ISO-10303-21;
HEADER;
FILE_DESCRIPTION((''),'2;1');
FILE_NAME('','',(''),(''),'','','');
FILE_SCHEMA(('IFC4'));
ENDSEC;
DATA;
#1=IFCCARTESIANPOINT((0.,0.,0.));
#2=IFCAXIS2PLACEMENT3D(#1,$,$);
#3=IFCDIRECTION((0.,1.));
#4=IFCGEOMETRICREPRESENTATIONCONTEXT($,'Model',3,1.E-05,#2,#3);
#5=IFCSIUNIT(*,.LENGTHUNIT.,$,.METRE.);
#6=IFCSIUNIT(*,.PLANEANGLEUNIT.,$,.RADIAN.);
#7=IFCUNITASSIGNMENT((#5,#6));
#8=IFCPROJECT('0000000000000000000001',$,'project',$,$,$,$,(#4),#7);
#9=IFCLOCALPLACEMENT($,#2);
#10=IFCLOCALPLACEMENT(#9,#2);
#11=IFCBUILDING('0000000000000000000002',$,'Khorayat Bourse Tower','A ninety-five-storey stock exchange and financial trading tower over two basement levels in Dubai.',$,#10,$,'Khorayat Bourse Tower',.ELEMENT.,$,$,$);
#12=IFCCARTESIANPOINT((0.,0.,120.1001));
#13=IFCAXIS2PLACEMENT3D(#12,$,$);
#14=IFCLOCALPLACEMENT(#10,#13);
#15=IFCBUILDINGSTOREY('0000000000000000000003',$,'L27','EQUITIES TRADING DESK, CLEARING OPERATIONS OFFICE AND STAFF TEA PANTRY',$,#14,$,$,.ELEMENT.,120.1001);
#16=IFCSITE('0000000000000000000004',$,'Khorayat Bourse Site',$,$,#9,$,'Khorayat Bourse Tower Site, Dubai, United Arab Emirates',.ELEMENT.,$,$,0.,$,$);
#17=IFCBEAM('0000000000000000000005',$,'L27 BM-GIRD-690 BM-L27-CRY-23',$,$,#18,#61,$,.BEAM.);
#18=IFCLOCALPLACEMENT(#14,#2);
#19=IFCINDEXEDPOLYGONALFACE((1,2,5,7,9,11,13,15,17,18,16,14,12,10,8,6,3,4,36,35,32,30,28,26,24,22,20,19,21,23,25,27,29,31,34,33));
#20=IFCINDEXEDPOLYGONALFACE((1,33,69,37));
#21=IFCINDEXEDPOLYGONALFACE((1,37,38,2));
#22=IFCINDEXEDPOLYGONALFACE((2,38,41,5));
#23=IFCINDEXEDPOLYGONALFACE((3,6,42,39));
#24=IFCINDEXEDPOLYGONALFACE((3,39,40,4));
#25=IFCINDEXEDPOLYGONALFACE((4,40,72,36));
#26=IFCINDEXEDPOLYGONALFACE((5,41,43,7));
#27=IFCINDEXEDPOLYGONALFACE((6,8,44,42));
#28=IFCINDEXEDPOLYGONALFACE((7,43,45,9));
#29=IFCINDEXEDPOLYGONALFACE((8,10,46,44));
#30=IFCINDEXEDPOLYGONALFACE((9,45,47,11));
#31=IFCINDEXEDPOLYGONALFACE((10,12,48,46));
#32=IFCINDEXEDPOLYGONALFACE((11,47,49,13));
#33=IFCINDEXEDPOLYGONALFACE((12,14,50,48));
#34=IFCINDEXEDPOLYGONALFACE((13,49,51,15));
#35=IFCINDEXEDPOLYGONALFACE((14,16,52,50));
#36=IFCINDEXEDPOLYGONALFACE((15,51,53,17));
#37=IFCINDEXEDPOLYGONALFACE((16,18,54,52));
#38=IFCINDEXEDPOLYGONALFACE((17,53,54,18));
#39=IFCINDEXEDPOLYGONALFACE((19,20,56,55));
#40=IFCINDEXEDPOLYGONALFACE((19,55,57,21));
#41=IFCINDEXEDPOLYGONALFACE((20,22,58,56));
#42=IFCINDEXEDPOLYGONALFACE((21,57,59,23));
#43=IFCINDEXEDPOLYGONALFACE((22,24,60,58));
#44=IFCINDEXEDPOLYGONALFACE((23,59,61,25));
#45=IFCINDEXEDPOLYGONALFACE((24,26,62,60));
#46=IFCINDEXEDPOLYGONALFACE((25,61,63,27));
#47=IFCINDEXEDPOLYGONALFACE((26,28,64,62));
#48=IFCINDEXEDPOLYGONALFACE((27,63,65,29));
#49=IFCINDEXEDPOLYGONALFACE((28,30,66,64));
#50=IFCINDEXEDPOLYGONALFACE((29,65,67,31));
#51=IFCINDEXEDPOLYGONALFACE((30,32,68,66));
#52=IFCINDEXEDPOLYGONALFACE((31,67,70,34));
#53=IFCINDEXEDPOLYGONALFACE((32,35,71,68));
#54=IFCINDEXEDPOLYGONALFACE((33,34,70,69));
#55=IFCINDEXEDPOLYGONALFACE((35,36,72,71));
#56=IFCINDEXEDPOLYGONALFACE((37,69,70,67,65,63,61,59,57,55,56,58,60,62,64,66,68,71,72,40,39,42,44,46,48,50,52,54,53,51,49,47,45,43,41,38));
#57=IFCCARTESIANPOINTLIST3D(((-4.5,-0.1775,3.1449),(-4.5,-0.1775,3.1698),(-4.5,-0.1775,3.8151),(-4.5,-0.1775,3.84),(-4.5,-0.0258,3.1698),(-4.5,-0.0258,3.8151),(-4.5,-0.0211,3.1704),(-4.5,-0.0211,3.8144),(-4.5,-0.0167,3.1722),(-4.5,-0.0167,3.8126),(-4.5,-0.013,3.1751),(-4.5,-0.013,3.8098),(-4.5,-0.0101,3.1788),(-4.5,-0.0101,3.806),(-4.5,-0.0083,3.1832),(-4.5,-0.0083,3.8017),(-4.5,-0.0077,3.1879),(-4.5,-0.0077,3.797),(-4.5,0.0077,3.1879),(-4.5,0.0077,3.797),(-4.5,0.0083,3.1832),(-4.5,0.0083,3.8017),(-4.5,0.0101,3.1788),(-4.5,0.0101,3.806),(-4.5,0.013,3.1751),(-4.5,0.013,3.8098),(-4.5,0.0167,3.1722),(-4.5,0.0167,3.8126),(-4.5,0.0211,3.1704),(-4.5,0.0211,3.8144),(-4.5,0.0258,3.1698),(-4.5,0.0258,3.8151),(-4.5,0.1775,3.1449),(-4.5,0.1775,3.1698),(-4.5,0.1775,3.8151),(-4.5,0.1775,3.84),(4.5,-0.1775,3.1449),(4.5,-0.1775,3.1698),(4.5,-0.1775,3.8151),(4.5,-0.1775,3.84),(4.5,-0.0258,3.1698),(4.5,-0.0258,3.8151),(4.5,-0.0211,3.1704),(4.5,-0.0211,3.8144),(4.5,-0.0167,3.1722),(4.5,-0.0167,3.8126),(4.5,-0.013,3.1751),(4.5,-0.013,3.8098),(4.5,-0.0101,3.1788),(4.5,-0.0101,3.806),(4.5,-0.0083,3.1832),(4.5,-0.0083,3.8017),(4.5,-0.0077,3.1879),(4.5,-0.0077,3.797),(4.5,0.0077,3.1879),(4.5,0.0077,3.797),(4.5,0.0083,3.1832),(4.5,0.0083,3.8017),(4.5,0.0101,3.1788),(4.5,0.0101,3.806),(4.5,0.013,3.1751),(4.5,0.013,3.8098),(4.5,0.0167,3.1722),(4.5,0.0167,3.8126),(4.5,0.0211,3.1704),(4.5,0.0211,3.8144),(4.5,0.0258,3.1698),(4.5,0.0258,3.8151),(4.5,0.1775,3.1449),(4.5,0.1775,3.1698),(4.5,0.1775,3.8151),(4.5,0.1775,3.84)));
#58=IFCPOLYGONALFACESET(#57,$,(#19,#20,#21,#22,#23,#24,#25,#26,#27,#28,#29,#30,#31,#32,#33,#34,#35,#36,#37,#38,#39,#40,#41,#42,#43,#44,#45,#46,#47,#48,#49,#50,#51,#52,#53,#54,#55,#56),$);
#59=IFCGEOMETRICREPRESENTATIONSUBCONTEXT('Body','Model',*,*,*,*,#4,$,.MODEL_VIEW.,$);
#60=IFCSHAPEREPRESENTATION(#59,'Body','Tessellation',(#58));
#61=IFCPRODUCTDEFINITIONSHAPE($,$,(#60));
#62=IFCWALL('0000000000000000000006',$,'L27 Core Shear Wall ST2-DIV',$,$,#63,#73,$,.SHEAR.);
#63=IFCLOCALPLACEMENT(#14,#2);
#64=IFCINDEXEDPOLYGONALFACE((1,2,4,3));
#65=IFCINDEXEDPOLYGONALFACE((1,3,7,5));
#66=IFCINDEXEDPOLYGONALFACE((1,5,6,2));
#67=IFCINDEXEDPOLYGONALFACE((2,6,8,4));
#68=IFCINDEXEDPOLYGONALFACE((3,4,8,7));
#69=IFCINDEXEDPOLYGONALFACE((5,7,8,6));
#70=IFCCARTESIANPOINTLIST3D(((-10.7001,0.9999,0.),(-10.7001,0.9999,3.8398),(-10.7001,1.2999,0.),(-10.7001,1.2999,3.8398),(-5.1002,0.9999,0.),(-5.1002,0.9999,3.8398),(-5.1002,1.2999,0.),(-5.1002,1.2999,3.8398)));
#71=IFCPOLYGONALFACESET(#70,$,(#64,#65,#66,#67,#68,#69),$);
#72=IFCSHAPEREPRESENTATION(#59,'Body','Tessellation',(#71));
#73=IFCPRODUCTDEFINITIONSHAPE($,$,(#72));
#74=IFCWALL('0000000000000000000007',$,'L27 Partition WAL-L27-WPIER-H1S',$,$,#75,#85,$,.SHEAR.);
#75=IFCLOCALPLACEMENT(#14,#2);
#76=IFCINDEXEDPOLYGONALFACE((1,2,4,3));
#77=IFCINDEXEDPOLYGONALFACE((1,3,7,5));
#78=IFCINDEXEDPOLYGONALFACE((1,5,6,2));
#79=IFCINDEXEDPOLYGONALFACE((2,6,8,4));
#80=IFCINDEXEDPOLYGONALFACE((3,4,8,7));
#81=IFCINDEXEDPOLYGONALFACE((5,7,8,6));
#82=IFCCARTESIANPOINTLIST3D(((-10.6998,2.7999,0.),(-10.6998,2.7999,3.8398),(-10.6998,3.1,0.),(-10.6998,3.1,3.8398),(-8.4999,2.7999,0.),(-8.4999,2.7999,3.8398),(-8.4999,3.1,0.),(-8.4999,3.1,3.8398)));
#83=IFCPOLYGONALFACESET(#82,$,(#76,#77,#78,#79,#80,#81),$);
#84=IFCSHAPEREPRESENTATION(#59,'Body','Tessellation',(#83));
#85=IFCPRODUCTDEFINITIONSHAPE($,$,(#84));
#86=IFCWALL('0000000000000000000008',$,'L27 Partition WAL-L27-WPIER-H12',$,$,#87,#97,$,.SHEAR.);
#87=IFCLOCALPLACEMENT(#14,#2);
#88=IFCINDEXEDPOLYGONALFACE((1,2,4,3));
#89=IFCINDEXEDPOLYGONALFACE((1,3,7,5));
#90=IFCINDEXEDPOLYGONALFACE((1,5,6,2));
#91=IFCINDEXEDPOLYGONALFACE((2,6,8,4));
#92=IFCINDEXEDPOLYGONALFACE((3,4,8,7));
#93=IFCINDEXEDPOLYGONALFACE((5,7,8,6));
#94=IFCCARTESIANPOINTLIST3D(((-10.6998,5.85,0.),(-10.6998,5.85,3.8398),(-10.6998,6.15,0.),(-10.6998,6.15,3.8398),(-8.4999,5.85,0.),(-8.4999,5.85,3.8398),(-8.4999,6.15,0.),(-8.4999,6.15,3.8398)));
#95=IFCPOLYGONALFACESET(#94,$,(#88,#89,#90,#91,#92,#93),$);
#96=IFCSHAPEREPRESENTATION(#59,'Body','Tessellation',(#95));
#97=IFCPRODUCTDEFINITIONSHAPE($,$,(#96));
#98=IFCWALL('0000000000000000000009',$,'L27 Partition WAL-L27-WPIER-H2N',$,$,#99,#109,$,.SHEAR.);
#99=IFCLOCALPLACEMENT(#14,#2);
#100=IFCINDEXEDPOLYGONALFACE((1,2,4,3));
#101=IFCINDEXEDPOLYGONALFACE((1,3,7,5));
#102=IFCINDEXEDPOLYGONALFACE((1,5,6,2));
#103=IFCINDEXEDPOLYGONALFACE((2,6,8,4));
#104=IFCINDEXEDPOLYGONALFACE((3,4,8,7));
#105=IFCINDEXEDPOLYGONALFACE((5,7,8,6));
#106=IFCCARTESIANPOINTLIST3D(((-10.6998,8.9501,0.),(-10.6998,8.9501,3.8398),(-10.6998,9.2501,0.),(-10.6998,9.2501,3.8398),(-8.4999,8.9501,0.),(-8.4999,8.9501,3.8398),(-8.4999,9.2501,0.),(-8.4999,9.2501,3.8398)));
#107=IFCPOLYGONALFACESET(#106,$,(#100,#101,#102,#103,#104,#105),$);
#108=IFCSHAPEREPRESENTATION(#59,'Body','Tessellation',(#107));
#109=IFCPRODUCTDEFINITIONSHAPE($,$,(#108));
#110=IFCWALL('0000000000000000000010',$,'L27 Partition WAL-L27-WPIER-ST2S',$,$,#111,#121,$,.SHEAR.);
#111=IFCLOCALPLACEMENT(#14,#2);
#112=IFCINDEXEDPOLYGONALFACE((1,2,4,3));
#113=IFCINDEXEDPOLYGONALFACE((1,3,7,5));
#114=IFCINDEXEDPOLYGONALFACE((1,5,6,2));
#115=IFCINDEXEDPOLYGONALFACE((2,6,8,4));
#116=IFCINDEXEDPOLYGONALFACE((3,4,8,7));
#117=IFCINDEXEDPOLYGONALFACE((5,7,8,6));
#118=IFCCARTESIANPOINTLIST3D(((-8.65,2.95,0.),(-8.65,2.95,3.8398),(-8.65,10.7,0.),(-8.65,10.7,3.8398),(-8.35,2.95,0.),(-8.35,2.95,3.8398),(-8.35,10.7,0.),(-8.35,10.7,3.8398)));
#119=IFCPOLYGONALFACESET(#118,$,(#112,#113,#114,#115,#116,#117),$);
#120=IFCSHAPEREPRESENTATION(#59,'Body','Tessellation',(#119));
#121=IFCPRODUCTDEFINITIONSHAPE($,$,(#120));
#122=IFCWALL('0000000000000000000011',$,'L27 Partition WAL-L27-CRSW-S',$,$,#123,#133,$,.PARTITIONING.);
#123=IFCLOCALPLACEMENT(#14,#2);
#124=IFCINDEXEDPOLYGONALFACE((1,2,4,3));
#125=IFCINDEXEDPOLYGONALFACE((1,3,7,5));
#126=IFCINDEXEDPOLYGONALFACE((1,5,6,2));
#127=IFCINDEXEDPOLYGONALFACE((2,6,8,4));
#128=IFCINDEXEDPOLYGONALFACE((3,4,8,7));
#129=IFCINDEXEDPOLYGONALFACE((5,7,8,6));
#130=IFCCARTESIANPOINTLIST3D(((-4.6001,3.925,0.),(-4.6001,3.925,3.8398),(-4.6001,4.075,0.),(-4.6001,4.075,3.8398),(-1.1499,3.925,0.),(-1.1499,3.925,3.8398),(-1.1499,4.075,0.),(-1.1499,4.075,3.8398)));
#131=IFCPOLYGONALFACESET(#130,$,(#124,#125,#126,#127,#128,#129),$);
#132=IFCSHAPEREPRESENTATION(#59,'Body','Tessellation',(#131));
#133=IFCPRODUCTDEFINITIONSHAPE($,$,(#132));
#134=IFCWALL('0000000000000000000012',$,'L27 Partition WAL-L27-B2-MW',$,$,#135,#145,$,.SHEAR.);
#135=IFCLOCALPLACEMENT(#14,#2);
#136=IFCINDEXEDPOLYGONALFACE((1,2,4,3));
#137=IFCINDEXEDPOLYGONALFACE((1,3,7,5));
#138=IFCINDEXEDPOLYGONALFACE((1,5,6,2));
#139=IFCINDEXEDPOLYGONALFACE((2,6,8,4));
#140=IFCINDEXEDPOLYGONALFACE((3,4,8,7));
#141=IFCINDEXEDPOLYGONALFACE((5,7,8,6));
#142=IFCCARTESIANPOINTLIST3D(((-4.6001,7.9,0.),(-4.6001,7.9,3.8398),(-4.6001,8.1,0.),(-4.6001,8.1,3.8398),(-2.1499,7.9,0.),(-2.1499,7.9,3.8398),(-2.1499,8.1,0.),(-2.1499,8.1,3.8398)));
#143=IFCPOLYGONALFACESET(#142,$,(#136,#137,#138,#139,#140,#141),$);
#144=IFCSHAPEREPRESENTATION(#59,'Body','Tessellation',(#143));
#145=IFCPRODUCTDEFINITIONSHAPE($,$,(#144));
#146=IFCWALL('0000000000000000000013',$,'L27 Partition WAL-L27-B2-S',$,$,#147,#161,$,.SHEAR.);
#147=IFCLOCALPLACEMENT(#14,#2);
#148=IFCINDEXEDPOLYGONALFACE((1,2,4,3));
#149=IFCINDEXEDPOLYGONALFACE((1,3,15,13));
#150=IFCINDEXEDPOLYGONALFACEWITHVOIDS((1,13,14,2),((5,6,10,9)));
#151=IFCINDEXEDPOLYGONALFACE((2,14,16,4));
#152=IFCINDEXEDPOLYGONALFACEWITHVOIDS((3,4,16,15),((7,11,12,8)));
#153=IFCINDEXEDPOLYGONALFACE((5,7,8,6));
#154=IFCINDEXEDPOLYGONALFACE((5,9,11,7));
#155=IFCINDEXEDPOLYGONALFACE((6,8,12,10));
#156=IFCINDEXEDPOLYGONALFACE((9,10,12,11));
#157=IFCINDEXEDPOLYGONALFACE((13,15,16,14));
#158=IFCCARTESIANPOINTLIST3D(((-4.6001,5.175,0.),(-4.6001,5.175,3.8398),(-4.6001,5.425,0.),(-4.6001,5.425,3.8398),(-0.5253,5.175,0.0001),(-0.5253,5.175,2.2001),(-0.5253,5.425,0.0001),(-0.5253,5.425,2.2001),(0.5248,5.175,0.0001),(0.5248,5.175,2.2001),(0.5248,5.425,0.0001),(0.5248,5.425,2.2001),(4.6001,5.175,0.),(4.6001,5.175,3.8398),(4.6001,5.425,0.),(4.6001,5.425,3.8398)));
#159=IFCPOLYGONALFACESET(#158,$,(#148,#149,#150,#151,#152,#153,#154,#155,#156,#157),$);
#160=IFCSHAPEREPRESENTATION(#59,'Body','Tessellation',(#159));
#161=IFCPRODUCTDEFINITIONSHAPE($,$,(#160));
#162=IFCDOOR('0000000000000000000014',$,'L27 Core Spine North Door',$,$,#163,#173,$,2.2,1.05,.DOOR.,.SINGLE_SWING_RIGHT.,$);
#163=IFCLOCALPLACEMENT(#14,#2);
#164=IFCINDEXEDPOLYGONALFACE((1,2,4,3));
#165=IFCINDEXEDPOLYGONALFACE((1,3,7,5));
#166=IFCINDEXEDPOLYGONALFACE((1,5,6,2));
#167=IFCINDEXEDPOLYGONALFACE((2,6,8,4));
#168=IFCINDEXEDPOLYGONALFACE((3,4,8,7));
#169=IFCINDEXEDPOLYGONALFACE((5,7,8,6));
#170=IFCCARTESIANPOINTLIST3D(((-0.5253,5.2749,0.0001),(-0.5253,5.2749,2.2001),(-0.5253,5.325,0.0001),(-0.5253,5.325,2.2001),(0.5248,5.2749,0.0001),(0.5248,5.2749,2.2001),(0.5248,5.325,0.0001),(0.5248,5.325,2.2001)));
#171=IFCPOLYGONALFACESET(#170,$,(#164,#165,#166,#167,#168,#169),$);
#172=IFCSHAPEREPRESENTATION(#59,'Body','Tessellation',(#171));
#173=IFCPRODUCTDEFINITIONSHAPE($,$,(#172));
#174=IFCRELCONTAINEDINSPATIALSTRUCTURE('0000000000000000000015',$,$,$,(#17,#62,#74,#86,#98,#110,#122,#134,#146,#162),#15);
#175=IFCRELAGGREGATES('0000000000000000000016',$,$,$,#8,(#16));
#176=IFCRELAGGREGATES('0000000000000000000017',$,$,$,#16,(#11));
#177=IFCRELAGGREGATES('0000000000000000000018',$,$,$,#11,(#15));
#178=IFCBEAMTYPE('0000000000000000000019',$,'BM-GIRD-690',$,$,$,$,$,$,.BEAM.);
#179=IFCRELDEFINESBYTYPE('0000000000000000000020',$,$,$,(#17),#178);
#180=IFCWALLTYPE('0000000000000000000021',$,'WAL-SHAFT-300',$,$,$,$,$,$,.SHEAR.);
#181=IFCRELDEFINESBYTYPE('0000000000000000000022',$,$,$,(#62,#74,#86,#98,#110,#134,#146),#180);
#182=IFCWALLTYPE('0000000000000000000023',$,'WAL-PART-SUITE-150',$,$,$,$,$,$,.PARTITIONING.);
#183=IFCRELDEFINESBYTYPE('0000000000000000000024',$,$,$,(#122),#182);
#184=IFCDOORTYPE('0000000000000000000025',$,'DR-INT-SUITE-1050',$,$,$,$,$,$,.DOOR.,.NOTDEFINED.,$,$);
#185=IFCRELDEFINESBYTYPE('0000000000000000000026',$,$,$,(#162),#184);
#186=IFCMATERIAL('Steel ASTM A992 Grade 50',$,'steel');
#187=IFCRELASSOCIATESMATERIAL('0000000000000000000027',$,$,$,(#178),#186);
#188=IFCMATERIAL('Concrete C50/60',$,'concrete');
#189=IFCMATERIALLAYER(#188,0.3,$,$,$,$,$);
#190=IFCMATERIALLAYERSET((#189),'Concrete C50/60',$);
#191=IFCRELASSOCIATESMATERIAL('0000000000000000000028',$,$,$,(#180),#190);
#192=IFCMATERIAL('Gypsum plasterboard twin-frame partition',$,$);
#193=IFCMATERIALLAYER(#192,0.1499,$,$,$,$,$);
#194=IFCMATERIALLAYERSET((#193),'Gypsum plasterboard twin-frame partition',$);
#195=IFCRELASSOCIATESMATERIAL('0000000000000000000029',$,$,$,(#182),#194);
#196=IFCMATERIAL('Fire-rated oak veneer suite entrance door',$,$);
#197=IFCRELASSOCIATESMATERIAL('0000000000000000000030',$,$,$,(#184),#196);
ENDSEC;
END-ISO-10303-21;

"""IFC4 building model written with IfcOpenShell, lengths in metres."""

from ifc_helpers import new_model, si_unit, direction, frame, frame_2d, origin, origin_2d, place, context, subcontext, project, spatial, rectangle, i_section, extrude, source, transform, mapped, material, layer, layer_set, material_profile, profile_set, type_object, element, fill, save


model = new_model("IFC4")

# Units and contexts
model_context = context("Model", 3, precision=1e-05, world=origin(), true_north=direction((0.0, 1.0)))
body_context = subcontext(model_context, "Body", "Model", "MODEL_VIEW")
ifc_project = project(units=[si_unit("LENGTHUNIT", "METRE"), si_unit("PLANEANGLEUNIT", "RADIAN")], contexts=[model_context])

# Site, building, storey
site_placement = place(None, origin())
site = spatial("IfcSite", under=ifc_project, at=site_placement, Name="Khorayat Bourse Site", LongName="Khorayat Bourse Tower Site, Dubai, United Arab Emirates", CompositionType="ELEMENT", RefElevation=0.0)
building_placement = place(site_placement, origin())
building = spatial("IfcBuilding", under=site, at=building_placement, Name="Khorayat Bourse Tower", Description="A ninety-five-storey stock exchange and financial trading tower over two basement levels in Dubai.", LongName="Khorayat Bourse Tower", CompositionType="ELEMENT")
storey_placement = place(building_placement, frame((0.0, 0.0, 120.1001)))
storey = spatial("IfcBuildingStorey", under=building, at=storey_placement, Name="L27", Description="EQUITIES TRADING DESK, CLEARING OPERATIONS OFFICE AND STAFF TEA PANTRY", CompositionType="ELEMENT", Elevation=120.1001)

# Beam
ifc_material_1 = material(Name="Steel ASTM A992 Grade 50", Category="steel")
ifc_material_profile_1 = material_profile(ifc_material_1, i_section(OverallWidth=0.355, OverallDepth=0.6951, WebThickness=0.0154, FlangeThickness=0.0249, FilletRadius=0.0181, at=origin_2d()), Name="W690X217")
ifc_profile_set_1 = profile_set([ifc_material_profile_1], Name="Steel ASTM A992 Grade 50")
beam_type_1 = type_object("IfcBeamType", Name="BM-GIRD-690", PredefinedType="BEAM", material=ifc_profile_set_1)
shared_shape_1 = source(origin(), body_context, "Body", "SweptSolid", [
    extrude(i_section(OverallWidth=0.355, OverallDepth=0.6951, WebThickness=0.0154, FlangeThickness=0.0249, FilletRadius=0.0181, at=origin_2d()), origin(), (0.0, 0.0, 1.0), 9.0),
])
beam_1_placement = place(storey_placement, frame((-4.5, 0.0, 3.4924), z_axis=(1.0, 0.0, 0.0), x_axis=(0.0, 1.0, 0.0)))
element("IfcBeam", 1, at=beam_1_placement, inside=storey, type_object=beam_type_1, Name="L27 BM-GIRD-690 BM-L27-CRY-23", PredefinedType="BEAM", context=body_context, shape_type="MappedRepresentation", body=[
    mapped(shared_shape_1, transform((0.0, 0.0, 0.0), scale=1.0)),
])

# Walls
ifc_material_2 = material(Name="Concrete C50/60", Category="concrete")
ifc_layer_1 = layer(ifc_material_2, 0.3)
ifc_layer_set_1 = layer_set([ifc_layer_1], Name="Concrete C50/60")
wall_type_1 = type_object("IfcWallType", Name="WAL-SHAFT-300", PredefinedType="SHEAR", material=ifc_layer_set_1)
shared_shape_2 = source(origin(), body_context, "Body", "SweptSolid", [
    extrude(rectangle(XDim=5.5999, YDim=0.3, at=frame_2d((2.7998, 0.0))), origin(), (0.0, 0.0, 1.0), 3.8398),
])
wall_1_placement = place(storey_placement, frame((-10.7, 1.1499, 0.0), z_axis=(0.0, 0.0, 1.0), x_axis=(1.0, 0.0, 0.0)))
element("IfcWall", 2, at=wall_1_placement, inside=storey, type_object=wall_type_1, Name="L27 Core Shear Wall ST2-DIV", PredefinedType="SHEAR", context=body_context, shape_type="MappedRepresentation", body=[
    mapped(shared_shape_2, transform((0.0, 0.0, 0.0), scale=1.0)),
])
shared_shape_3 = source(origin(), body_context, "Body", "SweptSolid", [
    extrude(rectangle(XDim=2.2, YDim=0.3, at=frame_2d((1.1001, 0.0))), origin(), (0.0, 0.0, 1.0), 3.8398),
])
for number, where, z_axis, x_axis, name in (
    (3, (-10.7, 2.95, 0.0), (0.0, 0.0, 1.0), (1.0, 0.0, 0.0), "L27 Partition WAL-L27-WPIER-H1S"),
    (4, (-10.7, 6.0, 0.0), (0.0, 0.0, 1.0), (1.0, 0.0, 0.0), "L27 Partition WAL-L27-WPIER-H12"),
    (5, (-10.7, 9.1001, 0.0), (0.0, 0.0, 1.0), (1.0, 0.0, 0.0), "L27 Partition WAL-L27-WPIER-H2N"),
):
    element("IfcWall", number, at=place(storey_placement, frame(where, z_axis=z_axis, x_axis=x_axis)), inside=storey, type_object=wall_type_1, Name=name, PredefinedType="SHEAR", context=body_context, shape_type="MappedRepresentation", body=[
        mapped(shared_shape_3, transform((0.0, 0.0, 0.0), scale=1.0)),
    ])
shared_shape_4 = source(origin(), body_context, "Body", "SweptSolid", [
    extrude(rectangle(XDim=7.75, YDim=0.3, at=frame_2d((3.875, 0.0))), origin(), (0.0, 0.0, 1.0), 3.8398),
])
wall_2_placement = place(storey_placement, frame((-8.5, 2.95, 0.0), z_axis=(0.0, 0.0, 1.0), x_axis=(0.0, 1.0, 0.0)))
element("IfcWall", 6, at=wall_2_placement, inside=storey, type_object=wall_type_1, Name="L27 Partition WAL-L27-WPIER-ST2S", PredefinedType="SHEAR", context=body_context, shape_type="MappedRepresentation", body=[
    mapped(shared_shape_4, transform((0.0, 0.0, 0.0), scale=1.0)),
])
ifc_material_3 = material(Name="Gypsum plasterboard twin-frame partition")
ifc_layer_2 = layer(ifc_material_3, 0.1499)
ifc_layer_set_2 = layer_set([ifc_layer_2], Name="Gypsum plasterboard twin-frame partition")
wall_type_2 = type_object("IfcWallType", Name="WAL-PART-SUITE-150", PredefinedType="PARTITIONING", material=ifc_layer_set_2)
shared_shape_5 = source(origin(), body_context, "Body", "SweptSolid", [
    extrude(rectangle(XDim=3.4502, YDim=0.1499, at=frame_2d((1.7251, 0.0))), origin(), (0.0, 0.0, 1.0), 3.8398),
])
wall_3_placement = place(storey_placement, frame((-4.6001, 4.0, 0.0), z_axis=(0.0, 0.0, 1.0), x_axis=(1.0, 0.0, 0.0)))
element("IfcWall", 7, at=wall_3_placement, inside=storey, type_object=wall_type_2, Name="L27 Partition WAL-L27-CRSW-S", PredefinedType="PARTITIONING", context=body_context, shape_type="MappedRepresentation", body=[
    mapped(shared_shape_5, transform((0.0, 0.0, 0.0), scale=1.0)),
])
shared_shape_6 = source(origin(), body_context, "Body", "SweptSolid", [
    extrude(rectangle(XDim=2.4502, YDim=0.2, at=frame_2d((1.2251, 0.0))), origin(), (0.0, 0.0, 1.0), 3.8398),
])
wall_4_placement = place(storey_placement, frame((-4.6001, 8.0, 0.0), z_axis=(0.0, 0.0, 1.0), x_axis=(1.0, 0.0, 0.0)))
element("IfcWall", 8, at=wall_4_placement, inside=storey, type_object=wall_type_1, Name="L27 Partition WAL-L27-B2-MW", PredefinedType="SHEAR", context=body_context, shape_type="MappedRepresentation", body=[
    mapped(shared_shape_6, transform((0.0, 0.0, 0.0), scale=1.0)),
])

# Wall, opening, door
shared_shape_7 = source(origin(), body_context, "Body", "SweptSolid", [
    extrude(rectangle(XDim=9.2002, YDim=0.25, at=frame_2d((4.6001, 0.0))), origin(), (0.0, 0.0, 1.0), 3.8398),
])
wall_5_placement = place(storey_placement, frame((-4.6001, 5.3, 0.0), z_axis=(0.0, 0.0, 1.0), x_axis=(1.0, 0.0, 0.0)))
wall_5 = element("IfcWall", 9, at=wall_5_placement, inside=storey, type_object=wall_type_1, Name="L27 Partition WAL-L27-B2-S", PredefinedType="SHEAR", context=body_context, shape_type="MappedRepresentation", body=[
    mapped(shared_shape_7, transform((0.0, 0.0, 0.0), scale=1.0)),
])
shared_shape_8 = source(origin(), body_context, "Body", "SweptSolid", [
    extrude(rectangle(XDim=1.05, YDim=2.2, at=frame_2d((0.5249, 1.1001))), frame((0.0, 0.135, 0.0), z_axis=(0.0, -1.0, 0.0), x_axis=(1.0, 0.0, 0.0)), (0.0, 0.0, 1.0), 0.27),
])
opening_placement = place(wall_5_placement, frame((4.075, 0.0, 0.0)))
opening = element("IfcOpeningElement", 10, at=opening_placement, cuts=wall_5, PredefinedType="OPENING", context=body_context, shape_type="MappedRepresentation", body=[
    mapped(shared_shape_8, transform((0.0, 0.0, 0.0), scale=1.0)),
])
ifc_material_4 = material(Name="Fire-rated oak veneer suite entrance door")
door_type = type_object("IfcDoorType", Name="DR-INT-SUITE-1050", OperationType="NOTDEFINED", PredefinedType="DOOR", material=ifc_material_4)
shared_shape_9 = source(origin(), body_context, "Body", "SweptSolid", [
    extrude(rectangle(XDim=1.05, YDim=2.2, at=frame_2d((0.5249, 1.1001))), frame((0.0, 0.0249, 0.0), z_axis=(0.0, -1.0, 0.0), x_axis=(1.0, 0.0, 0.0)), (0.0, 0.0, 1.0), 0.05),
])
door_placement = place(opening_placement, origin())
door = element("IfcDoor", 11, at=door_placement, inside=storey, type_object=door_type, Name="L27 Core Spine North Door", OperationType="SINGLE_SWING_RIGHT", OverallHeight=2.2, OverallWidth=1.05, PredefinedType="DOOR", context=body_context, shape_type="MappedRepresentation", body=[
    mapped(shared_shape_9, transform((0.0, 0.0, 0.0), scale=1.0)),
])
fill(opening, door)

save(model, "model.ifc")
